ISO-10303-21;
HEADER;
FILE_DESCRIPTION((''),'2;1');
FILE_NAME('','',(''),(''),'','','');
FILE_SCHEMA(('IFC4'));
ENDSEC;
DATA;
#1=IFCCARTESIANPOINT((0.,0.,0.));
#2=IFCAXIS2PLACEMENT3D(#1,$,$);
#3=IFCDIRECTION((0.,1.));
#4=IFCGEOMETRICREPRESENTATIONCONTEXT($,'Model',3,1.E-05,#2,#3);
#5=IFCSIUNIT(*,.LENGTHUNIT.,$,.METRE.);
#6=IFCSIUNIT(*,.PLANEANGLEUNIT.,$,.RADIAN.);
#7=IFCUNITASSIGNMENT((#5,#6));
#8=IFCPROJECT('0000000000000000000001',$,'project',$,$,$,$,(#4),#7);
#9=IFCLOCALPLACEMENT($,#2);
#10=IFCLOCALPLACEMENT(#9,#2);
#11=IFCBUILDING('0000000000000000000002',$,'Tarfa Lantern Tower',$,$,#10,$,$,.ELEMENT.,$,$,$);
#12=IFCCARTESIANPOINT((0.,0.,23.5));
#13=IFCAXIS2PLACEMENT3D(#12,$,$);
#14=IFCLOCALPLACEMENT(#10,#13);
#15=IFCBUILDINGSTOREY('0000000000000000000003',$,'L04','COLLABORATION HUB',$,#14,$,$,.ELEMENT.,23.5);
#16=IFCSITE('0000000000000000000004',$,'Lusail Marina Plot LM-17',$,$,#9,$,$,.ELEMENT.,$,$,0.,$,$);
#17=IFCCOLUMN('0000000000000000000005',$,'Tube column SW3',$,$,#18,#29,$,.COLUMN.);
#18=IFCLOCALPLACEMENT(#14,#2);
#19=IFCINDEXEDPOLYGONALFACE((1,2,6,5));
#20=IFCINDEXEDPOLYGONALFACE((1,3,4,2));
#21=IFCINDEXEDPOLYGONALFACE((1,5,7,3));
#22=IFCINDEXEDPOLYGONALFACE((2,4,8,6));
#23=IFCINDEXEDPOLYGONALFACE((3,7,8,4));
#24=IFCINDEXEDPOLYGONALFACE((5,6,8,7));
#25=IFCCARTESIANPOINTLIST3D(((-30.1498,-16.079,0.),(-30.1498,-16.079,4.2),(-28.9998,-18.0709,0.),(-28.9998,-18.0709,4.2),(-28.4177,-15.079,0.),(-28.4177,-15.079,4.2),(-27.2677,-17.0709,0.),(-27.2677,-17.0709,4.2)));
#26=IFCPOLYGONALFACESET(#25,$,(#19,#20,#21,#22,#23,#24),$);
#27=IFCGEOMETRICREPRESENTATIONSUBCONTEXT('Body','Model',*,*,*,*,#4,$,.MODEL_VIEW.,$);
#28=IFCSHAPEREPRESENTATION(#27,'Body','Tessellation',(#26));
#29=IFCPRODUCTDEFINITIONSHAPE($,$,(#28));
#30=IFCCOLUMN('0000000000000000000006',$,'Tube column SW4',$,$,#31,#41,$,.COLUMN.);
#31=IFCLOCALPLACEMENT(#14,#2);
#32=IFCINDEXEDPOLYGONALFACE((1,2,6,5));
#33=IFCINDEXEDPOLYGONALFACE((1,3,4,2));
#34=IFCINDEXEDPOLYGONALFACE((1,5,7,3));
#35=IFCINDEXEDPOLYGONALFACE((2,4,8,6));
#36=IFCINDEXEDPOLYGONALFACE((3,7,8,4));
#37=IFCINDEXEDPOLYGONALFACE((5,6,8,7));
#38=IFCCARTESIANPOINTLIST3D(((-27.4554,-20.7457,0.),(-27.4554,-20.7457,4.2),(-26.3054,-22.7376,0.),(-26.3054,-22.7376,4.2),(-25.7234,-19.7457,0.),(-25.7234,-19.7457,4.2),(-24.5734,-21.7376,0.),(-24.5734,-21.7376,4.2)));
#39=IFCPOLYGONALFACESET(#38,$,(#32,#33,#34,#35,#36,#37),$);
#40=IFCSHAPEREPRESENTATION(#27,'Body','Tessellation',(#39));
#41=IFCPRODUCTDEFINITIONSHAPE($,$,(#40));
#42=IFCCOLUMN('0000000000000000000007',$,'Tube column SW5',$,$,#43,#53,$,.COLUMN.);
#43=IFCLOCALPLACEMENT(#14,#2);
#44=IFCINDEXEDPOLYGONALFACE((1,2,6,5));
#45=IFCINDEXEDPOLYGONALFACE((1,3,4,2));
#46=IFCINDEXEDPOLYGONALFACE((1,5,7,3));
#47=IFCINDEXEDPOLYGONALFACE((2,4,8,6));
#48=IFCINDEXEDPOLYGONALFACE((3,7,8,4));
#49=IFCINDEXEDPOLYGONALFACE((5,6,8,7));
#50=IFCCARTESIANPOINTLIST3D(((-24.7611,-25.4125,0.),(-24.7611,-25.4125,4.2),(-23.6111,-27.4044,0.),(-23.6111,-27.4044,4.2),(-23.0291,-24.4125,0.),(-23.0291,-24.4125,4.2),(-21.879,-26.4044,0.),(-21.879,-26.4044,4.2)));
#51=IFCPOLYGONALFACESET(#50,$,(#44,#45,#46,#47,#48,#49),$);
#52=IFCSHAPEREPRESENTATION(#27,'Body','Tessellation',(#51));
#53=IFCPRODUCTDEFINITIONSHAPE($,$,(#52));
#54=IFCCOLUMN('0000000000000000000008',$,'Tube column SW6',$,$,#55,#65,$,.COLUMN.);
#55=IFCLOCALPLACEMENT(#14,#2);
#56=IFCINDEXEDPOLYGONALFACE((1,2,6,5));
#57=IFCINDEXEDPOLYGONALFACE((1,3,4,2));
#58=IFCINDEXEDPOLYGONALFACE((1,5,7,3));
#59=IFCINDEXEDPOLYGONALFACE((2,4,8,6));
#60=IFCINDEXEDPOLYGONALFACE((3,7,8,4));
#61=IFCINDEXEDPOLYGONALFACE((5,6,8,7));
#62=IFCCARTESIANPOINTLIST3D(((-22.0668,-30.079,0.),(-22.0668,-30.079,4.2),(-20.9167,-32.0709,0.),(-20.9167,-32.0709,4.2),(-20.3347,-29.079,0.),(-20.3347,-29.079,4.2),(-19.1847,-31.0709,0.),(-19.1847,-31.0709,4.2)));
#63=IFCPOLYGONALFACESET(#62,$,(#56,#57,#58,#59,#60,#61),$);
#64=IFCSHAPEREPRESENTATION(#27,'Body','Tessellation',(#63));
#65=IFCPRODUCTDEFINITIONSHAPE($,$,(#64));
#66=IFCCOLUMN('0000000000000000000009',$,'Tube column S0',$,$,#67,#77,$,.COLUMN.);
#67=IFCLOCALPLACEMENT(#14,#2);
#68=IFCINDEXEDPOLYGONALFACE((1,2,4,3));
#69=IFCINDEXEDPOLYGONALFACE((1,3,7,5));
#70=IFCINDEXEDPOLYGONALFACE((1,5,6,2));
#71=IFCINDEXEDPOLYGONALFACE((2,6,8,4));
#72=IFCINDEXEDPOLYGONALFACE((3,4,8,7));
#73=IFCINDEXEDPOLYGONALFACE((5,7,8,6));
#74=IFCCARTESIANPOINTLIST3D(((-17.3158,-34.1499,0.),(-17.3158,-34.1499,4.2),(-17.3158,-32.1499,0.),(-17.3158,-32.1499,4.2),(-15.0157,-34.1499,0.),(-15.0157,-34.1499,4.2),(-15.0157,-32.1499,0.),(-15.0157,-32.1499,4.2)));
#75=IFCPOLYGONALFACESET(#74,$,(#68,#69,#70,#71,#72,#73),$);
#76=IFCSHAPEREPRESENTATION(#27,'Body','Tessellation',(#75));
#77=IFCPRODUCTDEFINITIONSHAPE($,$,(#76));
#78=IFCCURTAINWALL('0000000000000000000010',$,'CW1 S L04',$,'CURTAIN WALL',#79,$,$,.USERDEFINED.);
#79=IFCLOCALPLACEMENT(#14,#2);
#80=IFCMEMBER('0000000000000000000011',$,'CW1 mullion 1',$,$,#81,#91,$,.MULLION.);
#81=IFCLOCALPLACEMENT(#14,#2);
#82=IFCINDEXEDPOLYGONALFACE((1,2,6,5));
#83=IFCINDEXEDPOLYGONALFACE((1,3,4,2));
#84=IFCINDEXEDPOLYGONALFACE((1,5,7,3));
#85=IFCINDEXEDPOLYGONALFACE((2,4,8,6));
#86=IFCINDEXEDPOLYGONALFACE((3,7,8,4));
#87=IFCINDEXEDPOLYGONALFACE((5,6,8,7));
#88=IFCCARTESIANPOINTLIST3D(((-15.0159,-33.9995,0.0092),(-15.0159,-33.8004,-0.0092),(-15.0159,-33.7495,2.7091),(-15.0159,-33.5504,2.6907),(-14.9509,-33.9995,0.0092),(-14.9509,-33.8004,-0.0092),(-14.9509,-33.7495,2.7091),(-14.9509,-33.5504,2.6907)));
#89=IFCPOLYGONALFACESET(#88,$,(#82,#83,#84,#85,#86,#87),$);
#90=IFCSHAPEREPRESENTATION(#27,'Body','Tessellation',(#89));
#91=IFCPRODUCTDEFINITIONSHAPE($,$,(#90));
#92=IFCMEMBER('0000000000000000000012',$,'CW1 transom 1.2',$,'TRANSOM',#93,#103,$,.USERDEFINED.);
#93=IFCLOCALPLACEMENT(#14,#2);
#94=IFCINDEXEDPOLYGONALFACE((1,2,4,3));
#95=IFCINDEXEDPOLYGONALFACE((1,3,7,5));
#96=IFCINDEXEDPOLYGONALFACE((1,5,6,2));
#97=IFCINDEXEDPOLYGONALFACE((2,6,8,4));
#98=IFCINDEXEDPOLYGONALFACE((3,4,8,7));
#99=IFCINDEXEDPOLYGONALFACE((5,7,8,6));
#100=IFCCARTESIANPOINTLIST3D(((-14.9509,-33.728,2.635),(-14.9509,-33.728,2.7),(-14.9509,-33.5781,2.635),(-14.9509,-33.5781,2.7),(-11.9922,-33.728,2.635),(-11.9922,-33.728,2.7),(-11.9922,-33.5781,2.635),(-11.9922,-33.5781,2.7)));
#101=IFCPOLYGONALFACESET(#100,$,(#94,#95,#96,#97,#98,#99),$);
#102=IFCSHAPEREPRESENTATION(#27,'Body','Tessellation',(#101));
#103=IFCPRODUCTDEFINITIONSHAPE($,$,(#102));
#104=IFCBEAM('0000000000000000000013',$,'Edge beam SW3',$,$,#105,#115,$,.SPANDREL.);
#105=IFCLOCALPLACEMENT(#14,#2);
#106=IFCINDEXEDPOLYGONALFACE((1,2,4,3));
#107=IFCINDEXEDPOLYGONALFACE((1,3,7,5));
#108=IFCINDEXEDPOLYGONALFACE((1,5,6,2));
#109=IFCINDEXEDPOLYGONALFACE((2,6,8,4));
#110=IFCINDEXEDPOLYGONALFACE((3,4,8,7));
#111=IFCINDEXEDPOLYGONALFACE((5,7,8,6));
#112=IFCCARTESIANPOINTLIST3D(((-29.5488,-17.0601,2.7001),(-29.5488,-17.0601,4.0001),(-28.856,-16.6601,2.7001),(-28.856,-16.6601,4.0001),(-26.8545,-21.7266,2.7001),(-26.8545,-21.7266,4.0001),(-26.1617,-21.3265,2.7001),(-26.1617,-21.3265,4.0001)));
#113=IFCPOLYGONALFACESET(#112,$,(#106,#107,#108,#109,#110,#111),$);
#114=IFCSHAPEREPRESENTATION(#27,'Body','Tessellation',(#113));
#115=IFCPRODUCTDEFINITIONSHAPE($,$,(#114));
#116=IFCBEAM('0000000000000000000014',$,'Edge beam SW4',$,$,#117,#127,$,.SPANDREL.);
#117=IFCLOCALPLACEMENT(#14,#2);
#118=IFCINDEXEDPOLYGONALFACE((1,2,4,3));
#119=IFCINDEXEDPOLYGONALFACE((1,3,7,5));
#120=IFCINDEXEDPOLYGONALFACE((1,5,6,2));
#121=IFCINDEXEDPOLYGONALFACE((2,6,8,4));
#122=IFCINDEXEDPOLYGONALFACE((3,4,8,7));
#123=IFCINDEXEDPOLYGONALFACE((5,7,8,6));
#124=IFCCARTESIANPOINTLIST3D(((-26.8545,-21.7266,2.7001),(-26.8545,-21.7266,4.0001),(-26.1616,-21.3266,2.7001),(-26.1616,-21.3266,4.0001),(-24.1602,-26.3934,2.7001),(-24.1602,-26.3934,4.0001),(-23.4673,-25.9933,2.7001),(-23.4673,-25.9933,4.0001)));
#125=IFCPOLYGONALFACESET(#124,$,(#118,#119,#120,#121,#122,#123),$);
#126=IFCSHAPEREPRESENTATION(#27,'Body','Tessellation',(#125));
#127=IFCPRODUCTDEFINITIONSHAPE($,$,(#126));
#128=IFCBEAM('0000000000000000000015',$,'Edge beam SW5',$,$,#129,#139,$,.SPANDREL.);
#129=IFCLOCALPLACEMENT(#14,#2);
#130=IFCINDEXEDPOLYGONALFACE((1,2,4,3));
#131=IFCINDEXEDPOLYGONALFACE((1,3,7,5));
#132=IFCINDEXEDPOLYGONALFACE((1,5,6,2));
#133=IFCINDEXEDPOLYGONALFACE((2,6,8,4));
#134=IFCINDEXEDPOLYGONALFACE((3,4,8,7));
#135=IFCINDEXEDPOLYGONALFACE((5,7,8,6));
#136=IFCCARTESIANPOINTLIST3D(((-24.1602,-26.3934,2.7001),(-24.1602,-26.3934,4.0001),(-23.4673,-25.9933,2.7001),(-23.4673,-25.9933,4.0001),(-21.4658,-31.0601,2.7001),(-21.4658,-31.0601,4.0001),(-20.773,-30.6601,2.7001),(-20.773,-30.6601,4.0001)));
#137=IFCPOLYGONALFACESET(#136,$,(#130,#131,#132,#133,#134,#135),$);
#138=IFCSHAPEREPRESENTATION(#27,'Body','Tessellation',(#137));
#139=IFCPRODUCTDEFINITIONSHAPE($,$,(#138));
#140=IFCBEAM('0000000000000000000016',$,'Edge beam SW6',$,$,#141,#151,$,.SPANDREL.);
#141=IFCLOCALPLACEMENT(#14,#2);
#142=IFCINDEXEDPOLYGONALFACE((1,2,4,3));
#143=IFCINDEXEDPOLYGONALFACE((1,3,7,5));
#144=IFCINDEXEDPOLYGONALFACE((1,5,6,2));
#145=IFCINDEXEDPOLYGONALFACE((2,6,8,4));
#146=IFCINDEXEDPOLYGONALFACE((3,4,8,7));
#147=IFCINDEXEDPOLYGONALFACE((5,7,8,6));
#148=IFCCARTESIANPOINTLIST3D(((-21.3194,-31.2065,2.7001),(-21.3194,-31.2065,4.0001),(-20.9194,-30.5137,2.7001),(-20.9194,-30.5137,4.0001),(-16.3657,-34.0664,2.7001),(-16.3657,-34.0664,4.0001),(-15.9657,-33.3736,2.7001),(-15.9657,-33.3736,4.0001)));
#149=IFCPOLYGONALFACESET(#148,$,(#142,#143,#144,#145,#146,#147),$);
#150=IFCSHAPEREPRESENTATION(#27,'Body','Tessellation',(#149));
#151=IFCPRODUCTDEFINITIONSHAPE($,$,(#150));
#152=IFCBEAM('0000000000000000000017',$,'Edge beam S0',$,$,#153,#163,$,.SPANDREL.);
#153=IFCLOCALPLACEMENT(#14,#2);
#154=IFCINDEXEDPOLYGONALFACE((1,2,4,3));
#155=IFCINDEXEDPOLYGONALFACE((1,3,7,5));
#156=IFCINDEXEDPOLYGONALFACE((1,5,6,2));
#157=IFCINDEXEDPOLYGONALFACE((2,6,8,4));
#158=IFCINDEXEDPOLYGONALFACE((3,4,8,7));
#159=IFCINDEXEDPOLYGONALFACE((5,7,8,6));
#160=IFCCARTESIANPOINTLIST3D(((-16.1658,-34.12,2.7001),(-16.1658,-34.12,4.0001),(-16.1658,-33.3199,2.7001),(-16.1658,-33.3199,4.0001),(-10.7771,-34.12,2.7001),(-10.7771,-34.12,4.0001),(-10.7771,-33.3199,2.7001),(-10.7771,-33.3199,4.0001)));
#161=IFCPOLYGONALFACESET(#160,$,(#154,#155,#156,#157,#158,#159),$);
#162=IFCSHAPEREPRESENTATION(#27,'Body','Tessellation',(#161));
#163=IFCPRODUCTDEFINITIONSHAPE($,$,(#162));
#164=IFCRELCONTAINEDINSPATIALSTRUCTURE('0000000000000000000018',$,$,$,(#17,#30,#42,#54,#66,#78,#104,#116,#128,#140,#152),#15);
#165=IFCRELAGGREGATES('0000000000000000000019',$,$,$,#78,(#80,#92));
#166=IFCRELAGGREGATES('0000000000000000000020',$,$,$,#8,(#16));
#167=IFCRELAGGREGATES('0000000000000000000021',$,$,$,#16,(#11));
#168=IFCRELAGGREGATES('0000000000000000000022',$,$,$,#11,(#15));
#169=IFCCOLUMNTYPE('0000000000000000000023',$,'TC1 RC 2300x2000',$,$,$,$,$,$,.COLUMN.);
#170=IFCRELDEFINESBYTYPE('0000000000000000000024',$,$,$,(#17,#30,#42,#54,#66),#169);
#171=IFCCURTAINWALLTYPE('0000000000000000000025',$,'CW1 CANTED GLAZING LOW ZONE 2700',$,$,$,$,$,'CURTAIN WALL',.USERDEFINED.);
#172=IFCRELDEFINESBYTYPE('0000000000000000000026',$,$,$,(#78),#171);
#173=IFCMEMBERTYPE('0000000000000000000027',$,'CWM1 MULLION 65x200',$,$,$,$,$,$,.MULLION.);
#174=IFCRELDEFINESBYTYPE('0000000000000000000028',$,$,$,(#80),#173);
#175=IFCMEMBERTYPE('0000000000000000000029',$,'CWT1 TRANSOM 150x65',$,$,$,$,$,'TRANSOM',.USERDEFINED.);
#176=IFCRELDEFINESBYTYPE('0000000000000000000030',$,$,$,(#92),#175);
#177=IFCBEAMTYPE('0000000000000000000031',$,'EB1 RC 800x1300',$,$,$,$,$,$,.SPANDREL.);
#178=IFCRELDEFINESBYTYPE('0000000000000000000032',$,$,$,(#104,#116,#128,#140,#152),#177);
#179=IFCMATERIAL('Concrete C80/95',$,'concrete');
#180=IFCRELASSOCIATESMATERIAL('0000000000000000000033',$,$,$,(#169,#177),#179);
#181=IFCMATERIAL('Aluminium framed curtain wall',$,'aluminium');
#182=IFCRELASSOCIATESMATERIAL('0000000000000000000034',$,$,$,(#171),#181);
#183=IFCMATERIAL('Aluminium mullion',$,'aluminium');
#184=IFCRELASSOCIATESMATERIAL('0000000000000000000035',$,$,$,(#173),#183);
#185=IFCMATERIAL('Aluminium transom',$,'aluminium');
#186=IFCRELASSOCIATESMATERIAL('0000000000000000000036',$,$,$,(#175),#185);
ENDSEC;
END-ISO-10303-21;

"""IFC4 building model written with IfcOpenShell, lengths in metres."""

from ifc_helpers import new_model, si_unit, direction, frame, origin, origin_2d, place, context, subcontext, project, spatial, rectangle, extrude, material, material_profile, profile_set, type_object, element, aggregate, save


model = new_model("IFC4")

# Units and contexts
model_context = context("Model", 3, precision=1e-05, world=origin(), true_north=direction((0.0, 1.0)))
body_context = subcontext(model_context, "Body", "Model", "MODEL_VIEW")
ifc_project = project(units=[si_unit("LENGTHUNIT", "METRE"), si_unit("PLANEANGLEUNIT", "RADIAN")], contexts=[model_context])

# Site, building, storey
site_placement = place(None, origin())
site = spatial("IfcSite", under=ifc_project, at=site_placement, Name="Lusail Marina Plot LM-17", CompositionType="ELEMENT", RefElevation=0.0)
building_placement = place(site_placement, origin())
building = spatial("IfcBuilding", under=site, at=building_placement, Name="Tarfa Lantern Tower", CompositionType="ELEMENT")
storey_placement = place(building_placement, frame((0.0, 0.0, 23.5)))
storey = spatial("IfcBuildingStorey", under=building, at=storey_placement, Name="L04", Description="COLLABORATION HUB", CompositionType="ELEMENT", Elevation=23.5)

# Columns
ifc_material_1 = material(Name="Concrete C80/95", Category="concrete")
ifc_material_profile_1 = material_profile(ifc_material_1, rectangle(XDim=2.3, YDim=2.0, at=origin_2d()), Name="RC 2300x2000")
ifc_profile_set_1 = profile_set([ifc_material_profile_1], Name="Concrete C80/95")
column_type = type_object("IfcColumnType", Name="TC1 RC 2300x2000", PredefinedType="COLUMN", material=ifc_profile_set_1)
for number, where, z_axis, x_axis, name in (
    (1, (-28.7087, -16.575, 0.0), (0.0, 0.0, 1.0), (0.5, -0.866025, 0.0), "Tube column SW3"),
    (2, (-26.0144, -21.2417, 0.0), (0.0, 0.0, 1.0), (0.5, -0.866025, 0.0), "Tube column SW4"),
    (3, (-23.3201, -25.9084, 0.0), (0.0, 0.0, 1.0), (0.5, -0.866025, 0.0), "Tube column SW5"),
    (4, (-20.6257, -30.575, 0.0), (0.0, 0.0, 1.0), (0.5, -0.866025, 0.0), "Tube column SW6"),
    (5, (-16.1658, -33.1499, 0.0), (0.0, 0.0, 1.0), (1.0, 0.0, 0.0), "Tube column S0"),
):
    element("IfcColumn", number, at=place(storey_placement, frame(where, z_axis=z_axis, x_axis=x_axis)), inside=storey, type_object=column_type, Name=name, PredefinedType="COLUMN", context=body_context, shape_type="SweptSolid", body=[
        extrude(rectangle(XDim=2.3, YDim=2.0, at=origin_2d()), origin(), (0.0, 0.0, 1.0), 4.2),
    ])

# Curtain wall, members
ifc_material_2 = material(Name="Aluminium framed curtain wall", Category="aluminium")
curtain_wall_type = type_object("IfcCurtainWallType", Name="CW1 CANTED GLAZING LOW ZONE 2700", ElementType="CURTAIN WALL", PredefinedType="USERDEFINED", material=ifc_material_2)
curtain_wall_placement = place(storey_placement, origin())
curtain_wall = element("IfcCurtainWall", 6, at=curtain_wall_placement, inside=storey, type_object=curtain_wall_type, Name="CW1 S L04", ObjectType="CURTAIN WALL", PredefinedType="USERDEFINED")
ifc_material_3 = material(Name="Aluminium mullion", Category="aluminium")
ifc_material_profile_2 = material_profile(ifc_material_3, rectangle(XDim=0.0649, YDim=0.2, at=origin_2d()), Name="AL MULLION 65x200")
ifc_profile_set_2 = profile_set([ifc_material_profile_2], Name="Aluminium mullion")
member_type_1 = type_object("IfcMemberType", Name="CWM1 MULLION 65x200", PredefinedType="MULLION", material=ifc_profile_set_2)
member_1_placement = place(storey_placement, frame((-14.9834, -33.8999, 0.0), z_axis=(0.0, 0.0922, 0.995741), x_axis=(-1.0, 0.0, 0.0)))
member_1 = element("IfcMember", 7, at=member_1_placement, type_object=member_type_1, Name="CW1 mullion 1", PredefinedType="MULLION", context=body_context, shape_type="SweptSolid", body=[
    extrude(rectangle(XDim=0.0649, YDim=0.2, at=origin_2d()), origin(), (0.0, 0.0, 1.0), 2.7114),
])
ifc_material_4 = material(Name="Aluminium transom", Category="aluminium")
ifc_material_profile_3 = material_profile(ifc_material_4, rectangle(XDim=0.1499, YDim=0.0649, at=origin_2d()), Name="AL TRANSOM 150x65")
ifc_profile_set_3 = profile_set([ifc_material_profile_3], Name="Aluminium transom")
member_type_2 = type_object("IfcMemberType", Name="CWT1 TRANSOM 150x65", ElementType="TRANSOM", PredefinedType="USERDEFINED", material=ifc_profile_set_3)
member_2_placement = place(storey_placement, frame((-14.9509, -33.6531, 2.6675), z_axis=(1.0, 0.0, 0.0), x_axis=(0.0, 1.0, 0.0)))
member_2 = element("IfcMember", 8, at=member_2_placement, type_object=member_type_2, Name="CW1 transom 1.2", ObjectType="TRANSOM", PredefinedType="USERDEFINED", context=body_context, shape_type="SweptSolid", body=[
    extrude(rectangle(XDim=0.1499, YDim=0.0649, at=origin_2d()), origin(), (0.0, 0.0, 1.0), 2.9587),
])

# Beams
ifc_material_profile_4 = material_profile(ifc_material_1, rectangle(XDim=0.8, YDim=1.3, at=origin_2d()), Name="RC 800x1300")
ifc_profile_set_4 = profile_set([ifc_material_profile_4], Name="Concrete C80/95")
beam_type_1 = type_object("IfcBeamType", Name="EB1 RC 800x1300", PredefinedType="SPANDREL", material=ifc_profile_set_4)
beam_1_placement = place(storey_placement, frame((-29.2024, -16.8601, 3.3501), z_axis=(0.500018, -0.866015, 0.0), x_axis=(0.866015, 0.500018, 0.0)))
element("IfcBeam", 9, at=beam_1_placement, inside=storey, type_object=beam_type_1, Name="Edge beam SW3", PredefinedType="SPANDREL", context=body_context, shape_type="SweptSolid", body=[
    extrude(rectangle(XDim=0.8, YDim=1.3, at=origin_2d()), origin(), (0.0, 0.0, 1.0), 5.3884),
])
for number, where, z_axis, x_axis, name in (
    (10, (-26.5081, -21.5266, 3.3501), (0.499998, -0.866026, 0.0), (0.866026, 0.499998, 0.0), "Edge beam SW4"),
    (11, (-23.8137, -26.1934, 3.3501), (0.499998, -0.866026, 0.0), (0.866026, 0.499998, 0.0), "Edge beam SW5"),
):
    element("IfcBeam", number, at=place(storey_placement, frame(where, z_axis=z_axis, x_axis=x_axis)), inside=storey, type_object=beam_type_1, Name=name, PredefinedType="SPANDREL", context=body_context, shape_type="SweptSolid", body=[
        extrude(rectangle(XDim=0.8, YDim=1.3, at=origin_2d()), origin(), (0.0, 0.0, 1.0), 5.3887),
    ])
beam_2_placement = place(storey_placement, frame((-21.1194, -30.8601, 3.3501), z_axis=(0.866033, -0.499986, 0.0), x_axis=(0.499986, 0.866033, 0.0)))
element("IfcBeam", 12, at=beam_2_placement, inside=storey, type_object=beam_type_1, Name="Edge beam SW6", PredefinedType="SPANDREL", context=body_context, shape_type="SweptSolid", body=[
    extrude(rectangle(XDim=0.8, YDim=1.3, at=origin_2d()), origin(), (0.0, 0.0, 1.0), 5.72),
])
beam_3_placement = place(storey_placement, frame((-16.1658, -33.72, 3.3501), z_axis=(1.0, 0.0, 0.0), x_axis=(0.0, 1.0, 0.0)))
element("IfcBeam", 13, at=beam_3_placement, inside=storey, type_object=beam_type_1, Name="Edge beam S0", PredefinedType="SPANDREL", context=body_context, shape_type="SweptSolid", body=[
    extrude(rectangle(XDim=0.8, YDim=1.3, at=origin_2d()), origin(), (0.0, 0.0, 1.0), 5.3887),
])

aggregate(curtain_wall, [member_1, member_2])

save(model, "model.ifc")
